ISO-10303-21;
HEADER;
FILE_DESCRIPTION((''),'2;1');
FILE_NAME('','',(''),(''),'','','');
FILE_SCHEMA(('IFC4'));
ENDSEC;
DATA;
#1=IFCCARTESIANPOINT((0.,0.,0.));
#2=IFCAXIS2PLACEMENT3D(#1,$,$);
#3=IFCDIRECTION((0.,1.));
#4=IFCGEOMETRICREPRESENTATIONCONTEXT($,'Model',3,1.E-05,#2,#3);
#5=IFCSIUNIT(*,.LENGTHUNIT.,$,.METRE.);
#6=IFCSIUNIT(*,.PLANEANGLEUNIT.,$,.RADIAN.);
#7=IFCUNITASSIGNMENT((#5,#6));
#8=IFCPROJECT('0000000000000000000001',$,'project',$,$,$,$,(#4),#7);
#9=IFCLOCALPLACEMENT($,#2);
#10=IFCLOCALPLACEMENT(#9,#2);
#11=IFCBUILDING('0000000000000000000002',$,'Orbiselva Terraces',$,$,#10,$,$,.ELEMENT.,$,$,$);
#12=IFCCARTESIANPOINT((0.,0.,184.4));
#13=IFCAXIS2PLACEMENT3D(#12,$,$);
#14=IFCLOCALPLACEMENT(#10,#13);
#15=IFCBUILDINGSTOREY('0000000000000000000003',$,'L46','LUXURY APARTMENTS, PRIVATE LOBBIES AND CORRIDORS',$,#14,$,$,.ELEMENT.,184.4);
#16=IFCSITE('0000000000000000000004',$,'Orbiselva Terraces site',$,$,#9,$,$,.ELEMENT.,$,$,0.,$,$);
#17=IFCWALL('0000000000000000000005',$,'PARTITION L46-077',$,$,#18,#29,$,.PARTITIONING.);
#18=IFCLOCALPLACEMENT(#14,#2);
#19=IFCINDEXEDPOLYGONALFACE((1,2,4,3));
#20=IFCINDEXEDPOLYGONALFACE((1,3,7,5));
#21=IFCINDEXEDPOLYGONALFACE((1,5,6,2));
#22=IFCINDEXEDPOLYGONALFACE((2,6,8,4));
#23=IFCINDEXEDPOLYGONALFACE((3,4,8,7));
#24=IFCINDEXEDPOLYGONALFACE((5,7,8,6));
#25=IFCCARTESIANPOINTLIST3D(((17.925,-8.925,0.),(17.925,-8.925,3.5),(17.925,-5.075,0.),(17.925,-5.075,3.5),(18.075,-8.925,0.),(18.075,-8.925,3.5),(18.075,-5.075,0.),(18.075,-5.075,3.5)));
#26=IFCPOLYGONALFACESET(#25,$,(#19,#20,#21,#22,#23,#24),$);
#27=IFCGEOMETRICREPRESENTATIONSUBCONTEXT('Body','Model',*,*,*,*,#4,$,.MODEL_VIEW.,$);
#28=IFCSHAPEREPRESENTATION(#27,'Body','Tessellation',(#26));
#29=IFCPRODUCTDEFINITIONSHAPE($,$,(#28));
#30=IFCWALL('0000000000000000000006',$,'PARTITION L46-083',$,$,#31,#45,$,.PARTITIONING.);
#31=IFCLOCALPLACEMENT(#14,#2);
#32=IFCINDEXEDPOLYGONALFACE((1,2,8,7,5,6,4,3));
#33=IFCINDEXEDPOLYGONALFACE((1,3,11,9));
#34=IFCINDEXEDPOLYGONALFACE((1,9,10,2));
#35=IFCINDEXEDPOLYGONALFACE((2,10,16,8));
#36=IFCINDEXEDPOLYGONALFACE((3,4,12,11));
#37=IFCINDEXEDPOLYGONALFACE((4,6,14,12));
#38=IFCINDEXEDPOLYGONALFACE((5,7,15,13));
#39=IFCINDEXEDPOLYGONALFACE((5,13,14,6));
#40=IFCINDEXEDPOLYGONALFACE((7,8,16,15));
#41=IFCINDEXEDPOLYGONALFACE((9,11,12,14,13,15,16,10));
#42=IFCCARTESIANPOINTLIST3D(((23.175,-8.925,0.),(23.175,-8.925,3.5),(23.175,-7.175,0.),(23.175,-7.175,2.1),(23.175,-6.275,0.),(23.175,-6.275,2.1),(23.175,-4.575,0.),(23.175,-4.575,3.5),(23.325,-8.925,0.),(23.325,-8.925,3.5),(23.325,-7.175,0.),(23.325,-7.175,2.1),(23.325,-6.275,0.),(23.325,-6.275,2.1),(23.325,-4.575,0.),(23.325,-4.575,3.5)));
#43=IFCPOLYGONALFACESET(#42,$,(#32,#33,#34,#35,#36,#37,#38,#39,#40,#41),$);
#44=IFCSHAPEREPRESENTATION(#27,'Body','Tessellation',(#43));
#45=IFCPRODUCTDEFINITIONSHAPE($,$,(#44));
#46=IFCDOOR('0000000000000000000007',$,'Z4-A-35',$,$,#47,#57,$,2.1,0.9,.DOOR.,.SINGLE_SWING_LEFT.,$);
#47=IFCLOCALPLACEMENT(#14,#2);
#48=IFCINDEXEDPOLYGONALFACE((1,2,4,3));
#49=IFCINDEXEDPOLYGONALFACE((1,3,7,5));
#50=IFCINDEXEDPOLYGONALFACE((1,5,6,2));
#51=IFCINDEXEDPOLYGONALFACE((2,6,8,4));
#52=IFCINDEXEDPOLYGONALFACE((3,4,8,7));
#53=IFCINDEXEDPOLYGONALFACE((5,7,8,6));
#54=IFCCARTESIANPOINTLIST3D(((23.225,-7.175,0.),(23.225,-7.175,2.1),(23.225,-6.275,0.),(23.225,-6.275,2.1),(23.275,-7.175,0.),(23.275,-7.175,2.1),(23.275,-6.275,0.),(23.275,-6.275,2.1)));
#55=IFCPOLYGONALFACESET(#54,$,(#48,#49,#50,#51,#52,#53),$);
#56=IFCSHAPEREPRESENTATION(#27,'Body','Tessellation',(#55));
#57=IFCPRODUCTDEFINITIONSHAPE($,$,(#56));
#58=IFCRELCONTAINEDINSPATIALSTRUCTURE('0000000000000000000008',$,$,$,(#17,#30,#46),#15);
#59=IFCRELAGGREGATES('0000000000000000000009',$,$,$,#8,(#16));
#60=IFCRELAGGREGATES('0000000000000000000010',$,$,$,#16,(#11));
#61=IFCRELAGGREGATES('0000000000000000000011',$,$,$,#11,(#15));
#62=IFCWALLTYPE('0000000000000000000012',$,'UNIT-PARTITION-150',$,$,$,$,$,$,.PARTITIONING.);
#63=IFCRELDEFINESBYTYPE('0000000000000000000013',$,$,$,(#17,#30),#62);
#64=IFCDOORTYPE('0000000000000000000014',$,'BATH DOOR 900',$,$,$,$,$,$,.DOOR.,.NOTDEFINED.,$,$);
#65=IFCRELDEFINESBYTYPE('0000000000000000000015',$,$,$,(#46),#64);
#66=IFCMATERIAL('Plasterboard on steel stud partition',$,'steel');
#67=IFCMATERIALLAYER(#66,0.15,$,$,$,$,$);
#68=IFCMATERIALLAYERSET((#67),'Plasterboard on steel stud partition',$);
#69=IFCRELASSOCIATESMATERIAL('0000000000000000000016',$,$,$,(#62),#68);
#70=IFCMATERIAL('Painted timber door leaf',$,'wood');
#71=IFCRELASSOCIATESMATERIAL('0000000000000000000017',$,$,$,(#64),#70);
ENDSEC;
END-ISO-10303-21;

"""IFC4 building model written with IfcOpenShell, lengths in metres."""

from ifc_helpers import new_model, si_unit, direction, frame, frame_2d, origin, place, context, subcontext, project, spatial, rectangle, extrude, material, layer, layer_set, type_object, element, fill, save


model = new_model("IFC4")

# Units and contexts
model_context = context("Model", 3, precision=1e-05, world=origin(), true_north=direction((0.0, 1.0)))
body_context = subcontext(model_context, "Body", "Model", "MODEL_VIEW")
ifc_project = project(units=[si_unit("LENGTHUNIT", "METRE"), si_unit("PLANEANGLEUNIT", "RADIAN")], contexts=[model_context])

# Site, building, storey
site_placement = place(None, origin())
site = spatial("IfcSite", under=ifc_project, at=site_placement, Name="Orbiselva Terraces site", CompositionType="ELEMENT", RefElevation=0.0)
building_placement = place(site_placement, origin())
building = spatial("IfcBuilding", under=site, at=building_placement, Name="Orbiselva Terraces", CompositionType="ELEMENT")
storey_placement = place(building_placement, frame((0.0, 0.0, 184.4)))
storey = spatial("IfcBuildingStorey", under=building, at=storey_placement, Name="L46", Description="LUXURY APARTMENTS, PRIVATE LOBBIES AND CORRIDORS", CompositionType="ELEMENT", Elevation=184.4)

# Shared definitions
ifc_material_1 = material(Name="Plasterboard on steel stud partition", Category="steel")
ifc_layer_1 = layer(ifc_material_1, 0.15)
ifc_layer_set_1 = layer_set([ifc_layer_1], Name="Plasterboard on steel stud partition")
wall_type_1 = type_object("IfcWallType", Name="UNIT-PARTITION-150", PredefinedType="PARTITIONING", material=ifc_layer_set_1)

# Shared definitions
ifc_material_2 = material(Name="Painted timber door leaf", Category="wood")

# Wall
wall_1_placement = place(storey_placement, frame((18.0, -8.925, 0.0), z_axis=(0.0, 0.0, 1.0), x_axis=(0.0, 1.0, 0.0)))
element("IfcWall", 1, at=wall_1_placement, inside=storey, type_object=wall_type_1, Name="PARTITION L46-077", PredefinedType="PARTITIONING", context=body_context, shape_type="SweptSolid", body=[
    extrude(rectangle(XDim=3.85, YDim=0.15, at=frame_2d((1.925, 0.0))), origin(), (0.0, 0.0, 1.0), 3.5),
])

# Wall, opening, door
wall_2_placement = place(storey_placement, frame((23.25, -4.575, 0.0), z_axis=(0.0, 0.0, 1.0), x_axis=(0.0, -1.0, 0.0)))
wall_2 = element("IfcWall", 2, at=wall_2_placement, inside=storey, type_object=wall_type_1, Name="PARTITION L46-083", PredefinedType="PARTITIONING", context=body_context, shape_type="SweptSolid", body=[
    extrude(rectangle(XDim=4.35, YDim=0.15, at=frame_2d((2.175, 0.0))), origin(), (0.0, 0.0, 1.0), 3.5),
])
opening_1_placement = place(wall_2_placement, frame((1.7, 0.0, 0.0)))
opening_1 = element("IfcOpeningElement", 3, at=opening_1_placement, cuts=wall_2, PredefinedType="OPENING", context=body_context, shape_type="SweptSolid", body=[
    extrude(rectangle(XDim=0.9, YDim=2.1, at=frame_2d((0.45, 1.05))), frame((0.0, 0.085, 0.0), z_axis=(0.0, -1.0, 0.0), x_axis=(1.0, 0.0, 0.0)), (0.0, 0.0, 1.0), 0.17),
])
door_type_1 = type_object("IfcDoorType", Name="BATH DOOR 900", OperationType="NOTDEFINED", PredefinedType="DOOR", material=ifc_material_2)
door_1_placement = place(opening_1_placement, origin())
door_1 = element("IfcDoor", 4, at=door_1_placement, inside=storey, type_object=door_type_1, Name="Z4-A-35", OperationType="SINGLE_SWING_LEFT", OverallHeight=2.1, OverallWidth=0.9, PredefinedType="DOOR", context=body_context, shape_type="SweptSolid", body=[
    extrude(rectangle(XDim=0.9, YDim=2.1, at=frame_2d((0.45, 1.05))), frame((0.0, 0.025, 0.0), z_axis=(0.0, -1.0, 0.0), x_axis=(1.0, 0.0, 0.0)), (0.0, 0.0, 1.0), 0.05),
])
fill(opening_1, door_1)

save(model, "model.ifc")
